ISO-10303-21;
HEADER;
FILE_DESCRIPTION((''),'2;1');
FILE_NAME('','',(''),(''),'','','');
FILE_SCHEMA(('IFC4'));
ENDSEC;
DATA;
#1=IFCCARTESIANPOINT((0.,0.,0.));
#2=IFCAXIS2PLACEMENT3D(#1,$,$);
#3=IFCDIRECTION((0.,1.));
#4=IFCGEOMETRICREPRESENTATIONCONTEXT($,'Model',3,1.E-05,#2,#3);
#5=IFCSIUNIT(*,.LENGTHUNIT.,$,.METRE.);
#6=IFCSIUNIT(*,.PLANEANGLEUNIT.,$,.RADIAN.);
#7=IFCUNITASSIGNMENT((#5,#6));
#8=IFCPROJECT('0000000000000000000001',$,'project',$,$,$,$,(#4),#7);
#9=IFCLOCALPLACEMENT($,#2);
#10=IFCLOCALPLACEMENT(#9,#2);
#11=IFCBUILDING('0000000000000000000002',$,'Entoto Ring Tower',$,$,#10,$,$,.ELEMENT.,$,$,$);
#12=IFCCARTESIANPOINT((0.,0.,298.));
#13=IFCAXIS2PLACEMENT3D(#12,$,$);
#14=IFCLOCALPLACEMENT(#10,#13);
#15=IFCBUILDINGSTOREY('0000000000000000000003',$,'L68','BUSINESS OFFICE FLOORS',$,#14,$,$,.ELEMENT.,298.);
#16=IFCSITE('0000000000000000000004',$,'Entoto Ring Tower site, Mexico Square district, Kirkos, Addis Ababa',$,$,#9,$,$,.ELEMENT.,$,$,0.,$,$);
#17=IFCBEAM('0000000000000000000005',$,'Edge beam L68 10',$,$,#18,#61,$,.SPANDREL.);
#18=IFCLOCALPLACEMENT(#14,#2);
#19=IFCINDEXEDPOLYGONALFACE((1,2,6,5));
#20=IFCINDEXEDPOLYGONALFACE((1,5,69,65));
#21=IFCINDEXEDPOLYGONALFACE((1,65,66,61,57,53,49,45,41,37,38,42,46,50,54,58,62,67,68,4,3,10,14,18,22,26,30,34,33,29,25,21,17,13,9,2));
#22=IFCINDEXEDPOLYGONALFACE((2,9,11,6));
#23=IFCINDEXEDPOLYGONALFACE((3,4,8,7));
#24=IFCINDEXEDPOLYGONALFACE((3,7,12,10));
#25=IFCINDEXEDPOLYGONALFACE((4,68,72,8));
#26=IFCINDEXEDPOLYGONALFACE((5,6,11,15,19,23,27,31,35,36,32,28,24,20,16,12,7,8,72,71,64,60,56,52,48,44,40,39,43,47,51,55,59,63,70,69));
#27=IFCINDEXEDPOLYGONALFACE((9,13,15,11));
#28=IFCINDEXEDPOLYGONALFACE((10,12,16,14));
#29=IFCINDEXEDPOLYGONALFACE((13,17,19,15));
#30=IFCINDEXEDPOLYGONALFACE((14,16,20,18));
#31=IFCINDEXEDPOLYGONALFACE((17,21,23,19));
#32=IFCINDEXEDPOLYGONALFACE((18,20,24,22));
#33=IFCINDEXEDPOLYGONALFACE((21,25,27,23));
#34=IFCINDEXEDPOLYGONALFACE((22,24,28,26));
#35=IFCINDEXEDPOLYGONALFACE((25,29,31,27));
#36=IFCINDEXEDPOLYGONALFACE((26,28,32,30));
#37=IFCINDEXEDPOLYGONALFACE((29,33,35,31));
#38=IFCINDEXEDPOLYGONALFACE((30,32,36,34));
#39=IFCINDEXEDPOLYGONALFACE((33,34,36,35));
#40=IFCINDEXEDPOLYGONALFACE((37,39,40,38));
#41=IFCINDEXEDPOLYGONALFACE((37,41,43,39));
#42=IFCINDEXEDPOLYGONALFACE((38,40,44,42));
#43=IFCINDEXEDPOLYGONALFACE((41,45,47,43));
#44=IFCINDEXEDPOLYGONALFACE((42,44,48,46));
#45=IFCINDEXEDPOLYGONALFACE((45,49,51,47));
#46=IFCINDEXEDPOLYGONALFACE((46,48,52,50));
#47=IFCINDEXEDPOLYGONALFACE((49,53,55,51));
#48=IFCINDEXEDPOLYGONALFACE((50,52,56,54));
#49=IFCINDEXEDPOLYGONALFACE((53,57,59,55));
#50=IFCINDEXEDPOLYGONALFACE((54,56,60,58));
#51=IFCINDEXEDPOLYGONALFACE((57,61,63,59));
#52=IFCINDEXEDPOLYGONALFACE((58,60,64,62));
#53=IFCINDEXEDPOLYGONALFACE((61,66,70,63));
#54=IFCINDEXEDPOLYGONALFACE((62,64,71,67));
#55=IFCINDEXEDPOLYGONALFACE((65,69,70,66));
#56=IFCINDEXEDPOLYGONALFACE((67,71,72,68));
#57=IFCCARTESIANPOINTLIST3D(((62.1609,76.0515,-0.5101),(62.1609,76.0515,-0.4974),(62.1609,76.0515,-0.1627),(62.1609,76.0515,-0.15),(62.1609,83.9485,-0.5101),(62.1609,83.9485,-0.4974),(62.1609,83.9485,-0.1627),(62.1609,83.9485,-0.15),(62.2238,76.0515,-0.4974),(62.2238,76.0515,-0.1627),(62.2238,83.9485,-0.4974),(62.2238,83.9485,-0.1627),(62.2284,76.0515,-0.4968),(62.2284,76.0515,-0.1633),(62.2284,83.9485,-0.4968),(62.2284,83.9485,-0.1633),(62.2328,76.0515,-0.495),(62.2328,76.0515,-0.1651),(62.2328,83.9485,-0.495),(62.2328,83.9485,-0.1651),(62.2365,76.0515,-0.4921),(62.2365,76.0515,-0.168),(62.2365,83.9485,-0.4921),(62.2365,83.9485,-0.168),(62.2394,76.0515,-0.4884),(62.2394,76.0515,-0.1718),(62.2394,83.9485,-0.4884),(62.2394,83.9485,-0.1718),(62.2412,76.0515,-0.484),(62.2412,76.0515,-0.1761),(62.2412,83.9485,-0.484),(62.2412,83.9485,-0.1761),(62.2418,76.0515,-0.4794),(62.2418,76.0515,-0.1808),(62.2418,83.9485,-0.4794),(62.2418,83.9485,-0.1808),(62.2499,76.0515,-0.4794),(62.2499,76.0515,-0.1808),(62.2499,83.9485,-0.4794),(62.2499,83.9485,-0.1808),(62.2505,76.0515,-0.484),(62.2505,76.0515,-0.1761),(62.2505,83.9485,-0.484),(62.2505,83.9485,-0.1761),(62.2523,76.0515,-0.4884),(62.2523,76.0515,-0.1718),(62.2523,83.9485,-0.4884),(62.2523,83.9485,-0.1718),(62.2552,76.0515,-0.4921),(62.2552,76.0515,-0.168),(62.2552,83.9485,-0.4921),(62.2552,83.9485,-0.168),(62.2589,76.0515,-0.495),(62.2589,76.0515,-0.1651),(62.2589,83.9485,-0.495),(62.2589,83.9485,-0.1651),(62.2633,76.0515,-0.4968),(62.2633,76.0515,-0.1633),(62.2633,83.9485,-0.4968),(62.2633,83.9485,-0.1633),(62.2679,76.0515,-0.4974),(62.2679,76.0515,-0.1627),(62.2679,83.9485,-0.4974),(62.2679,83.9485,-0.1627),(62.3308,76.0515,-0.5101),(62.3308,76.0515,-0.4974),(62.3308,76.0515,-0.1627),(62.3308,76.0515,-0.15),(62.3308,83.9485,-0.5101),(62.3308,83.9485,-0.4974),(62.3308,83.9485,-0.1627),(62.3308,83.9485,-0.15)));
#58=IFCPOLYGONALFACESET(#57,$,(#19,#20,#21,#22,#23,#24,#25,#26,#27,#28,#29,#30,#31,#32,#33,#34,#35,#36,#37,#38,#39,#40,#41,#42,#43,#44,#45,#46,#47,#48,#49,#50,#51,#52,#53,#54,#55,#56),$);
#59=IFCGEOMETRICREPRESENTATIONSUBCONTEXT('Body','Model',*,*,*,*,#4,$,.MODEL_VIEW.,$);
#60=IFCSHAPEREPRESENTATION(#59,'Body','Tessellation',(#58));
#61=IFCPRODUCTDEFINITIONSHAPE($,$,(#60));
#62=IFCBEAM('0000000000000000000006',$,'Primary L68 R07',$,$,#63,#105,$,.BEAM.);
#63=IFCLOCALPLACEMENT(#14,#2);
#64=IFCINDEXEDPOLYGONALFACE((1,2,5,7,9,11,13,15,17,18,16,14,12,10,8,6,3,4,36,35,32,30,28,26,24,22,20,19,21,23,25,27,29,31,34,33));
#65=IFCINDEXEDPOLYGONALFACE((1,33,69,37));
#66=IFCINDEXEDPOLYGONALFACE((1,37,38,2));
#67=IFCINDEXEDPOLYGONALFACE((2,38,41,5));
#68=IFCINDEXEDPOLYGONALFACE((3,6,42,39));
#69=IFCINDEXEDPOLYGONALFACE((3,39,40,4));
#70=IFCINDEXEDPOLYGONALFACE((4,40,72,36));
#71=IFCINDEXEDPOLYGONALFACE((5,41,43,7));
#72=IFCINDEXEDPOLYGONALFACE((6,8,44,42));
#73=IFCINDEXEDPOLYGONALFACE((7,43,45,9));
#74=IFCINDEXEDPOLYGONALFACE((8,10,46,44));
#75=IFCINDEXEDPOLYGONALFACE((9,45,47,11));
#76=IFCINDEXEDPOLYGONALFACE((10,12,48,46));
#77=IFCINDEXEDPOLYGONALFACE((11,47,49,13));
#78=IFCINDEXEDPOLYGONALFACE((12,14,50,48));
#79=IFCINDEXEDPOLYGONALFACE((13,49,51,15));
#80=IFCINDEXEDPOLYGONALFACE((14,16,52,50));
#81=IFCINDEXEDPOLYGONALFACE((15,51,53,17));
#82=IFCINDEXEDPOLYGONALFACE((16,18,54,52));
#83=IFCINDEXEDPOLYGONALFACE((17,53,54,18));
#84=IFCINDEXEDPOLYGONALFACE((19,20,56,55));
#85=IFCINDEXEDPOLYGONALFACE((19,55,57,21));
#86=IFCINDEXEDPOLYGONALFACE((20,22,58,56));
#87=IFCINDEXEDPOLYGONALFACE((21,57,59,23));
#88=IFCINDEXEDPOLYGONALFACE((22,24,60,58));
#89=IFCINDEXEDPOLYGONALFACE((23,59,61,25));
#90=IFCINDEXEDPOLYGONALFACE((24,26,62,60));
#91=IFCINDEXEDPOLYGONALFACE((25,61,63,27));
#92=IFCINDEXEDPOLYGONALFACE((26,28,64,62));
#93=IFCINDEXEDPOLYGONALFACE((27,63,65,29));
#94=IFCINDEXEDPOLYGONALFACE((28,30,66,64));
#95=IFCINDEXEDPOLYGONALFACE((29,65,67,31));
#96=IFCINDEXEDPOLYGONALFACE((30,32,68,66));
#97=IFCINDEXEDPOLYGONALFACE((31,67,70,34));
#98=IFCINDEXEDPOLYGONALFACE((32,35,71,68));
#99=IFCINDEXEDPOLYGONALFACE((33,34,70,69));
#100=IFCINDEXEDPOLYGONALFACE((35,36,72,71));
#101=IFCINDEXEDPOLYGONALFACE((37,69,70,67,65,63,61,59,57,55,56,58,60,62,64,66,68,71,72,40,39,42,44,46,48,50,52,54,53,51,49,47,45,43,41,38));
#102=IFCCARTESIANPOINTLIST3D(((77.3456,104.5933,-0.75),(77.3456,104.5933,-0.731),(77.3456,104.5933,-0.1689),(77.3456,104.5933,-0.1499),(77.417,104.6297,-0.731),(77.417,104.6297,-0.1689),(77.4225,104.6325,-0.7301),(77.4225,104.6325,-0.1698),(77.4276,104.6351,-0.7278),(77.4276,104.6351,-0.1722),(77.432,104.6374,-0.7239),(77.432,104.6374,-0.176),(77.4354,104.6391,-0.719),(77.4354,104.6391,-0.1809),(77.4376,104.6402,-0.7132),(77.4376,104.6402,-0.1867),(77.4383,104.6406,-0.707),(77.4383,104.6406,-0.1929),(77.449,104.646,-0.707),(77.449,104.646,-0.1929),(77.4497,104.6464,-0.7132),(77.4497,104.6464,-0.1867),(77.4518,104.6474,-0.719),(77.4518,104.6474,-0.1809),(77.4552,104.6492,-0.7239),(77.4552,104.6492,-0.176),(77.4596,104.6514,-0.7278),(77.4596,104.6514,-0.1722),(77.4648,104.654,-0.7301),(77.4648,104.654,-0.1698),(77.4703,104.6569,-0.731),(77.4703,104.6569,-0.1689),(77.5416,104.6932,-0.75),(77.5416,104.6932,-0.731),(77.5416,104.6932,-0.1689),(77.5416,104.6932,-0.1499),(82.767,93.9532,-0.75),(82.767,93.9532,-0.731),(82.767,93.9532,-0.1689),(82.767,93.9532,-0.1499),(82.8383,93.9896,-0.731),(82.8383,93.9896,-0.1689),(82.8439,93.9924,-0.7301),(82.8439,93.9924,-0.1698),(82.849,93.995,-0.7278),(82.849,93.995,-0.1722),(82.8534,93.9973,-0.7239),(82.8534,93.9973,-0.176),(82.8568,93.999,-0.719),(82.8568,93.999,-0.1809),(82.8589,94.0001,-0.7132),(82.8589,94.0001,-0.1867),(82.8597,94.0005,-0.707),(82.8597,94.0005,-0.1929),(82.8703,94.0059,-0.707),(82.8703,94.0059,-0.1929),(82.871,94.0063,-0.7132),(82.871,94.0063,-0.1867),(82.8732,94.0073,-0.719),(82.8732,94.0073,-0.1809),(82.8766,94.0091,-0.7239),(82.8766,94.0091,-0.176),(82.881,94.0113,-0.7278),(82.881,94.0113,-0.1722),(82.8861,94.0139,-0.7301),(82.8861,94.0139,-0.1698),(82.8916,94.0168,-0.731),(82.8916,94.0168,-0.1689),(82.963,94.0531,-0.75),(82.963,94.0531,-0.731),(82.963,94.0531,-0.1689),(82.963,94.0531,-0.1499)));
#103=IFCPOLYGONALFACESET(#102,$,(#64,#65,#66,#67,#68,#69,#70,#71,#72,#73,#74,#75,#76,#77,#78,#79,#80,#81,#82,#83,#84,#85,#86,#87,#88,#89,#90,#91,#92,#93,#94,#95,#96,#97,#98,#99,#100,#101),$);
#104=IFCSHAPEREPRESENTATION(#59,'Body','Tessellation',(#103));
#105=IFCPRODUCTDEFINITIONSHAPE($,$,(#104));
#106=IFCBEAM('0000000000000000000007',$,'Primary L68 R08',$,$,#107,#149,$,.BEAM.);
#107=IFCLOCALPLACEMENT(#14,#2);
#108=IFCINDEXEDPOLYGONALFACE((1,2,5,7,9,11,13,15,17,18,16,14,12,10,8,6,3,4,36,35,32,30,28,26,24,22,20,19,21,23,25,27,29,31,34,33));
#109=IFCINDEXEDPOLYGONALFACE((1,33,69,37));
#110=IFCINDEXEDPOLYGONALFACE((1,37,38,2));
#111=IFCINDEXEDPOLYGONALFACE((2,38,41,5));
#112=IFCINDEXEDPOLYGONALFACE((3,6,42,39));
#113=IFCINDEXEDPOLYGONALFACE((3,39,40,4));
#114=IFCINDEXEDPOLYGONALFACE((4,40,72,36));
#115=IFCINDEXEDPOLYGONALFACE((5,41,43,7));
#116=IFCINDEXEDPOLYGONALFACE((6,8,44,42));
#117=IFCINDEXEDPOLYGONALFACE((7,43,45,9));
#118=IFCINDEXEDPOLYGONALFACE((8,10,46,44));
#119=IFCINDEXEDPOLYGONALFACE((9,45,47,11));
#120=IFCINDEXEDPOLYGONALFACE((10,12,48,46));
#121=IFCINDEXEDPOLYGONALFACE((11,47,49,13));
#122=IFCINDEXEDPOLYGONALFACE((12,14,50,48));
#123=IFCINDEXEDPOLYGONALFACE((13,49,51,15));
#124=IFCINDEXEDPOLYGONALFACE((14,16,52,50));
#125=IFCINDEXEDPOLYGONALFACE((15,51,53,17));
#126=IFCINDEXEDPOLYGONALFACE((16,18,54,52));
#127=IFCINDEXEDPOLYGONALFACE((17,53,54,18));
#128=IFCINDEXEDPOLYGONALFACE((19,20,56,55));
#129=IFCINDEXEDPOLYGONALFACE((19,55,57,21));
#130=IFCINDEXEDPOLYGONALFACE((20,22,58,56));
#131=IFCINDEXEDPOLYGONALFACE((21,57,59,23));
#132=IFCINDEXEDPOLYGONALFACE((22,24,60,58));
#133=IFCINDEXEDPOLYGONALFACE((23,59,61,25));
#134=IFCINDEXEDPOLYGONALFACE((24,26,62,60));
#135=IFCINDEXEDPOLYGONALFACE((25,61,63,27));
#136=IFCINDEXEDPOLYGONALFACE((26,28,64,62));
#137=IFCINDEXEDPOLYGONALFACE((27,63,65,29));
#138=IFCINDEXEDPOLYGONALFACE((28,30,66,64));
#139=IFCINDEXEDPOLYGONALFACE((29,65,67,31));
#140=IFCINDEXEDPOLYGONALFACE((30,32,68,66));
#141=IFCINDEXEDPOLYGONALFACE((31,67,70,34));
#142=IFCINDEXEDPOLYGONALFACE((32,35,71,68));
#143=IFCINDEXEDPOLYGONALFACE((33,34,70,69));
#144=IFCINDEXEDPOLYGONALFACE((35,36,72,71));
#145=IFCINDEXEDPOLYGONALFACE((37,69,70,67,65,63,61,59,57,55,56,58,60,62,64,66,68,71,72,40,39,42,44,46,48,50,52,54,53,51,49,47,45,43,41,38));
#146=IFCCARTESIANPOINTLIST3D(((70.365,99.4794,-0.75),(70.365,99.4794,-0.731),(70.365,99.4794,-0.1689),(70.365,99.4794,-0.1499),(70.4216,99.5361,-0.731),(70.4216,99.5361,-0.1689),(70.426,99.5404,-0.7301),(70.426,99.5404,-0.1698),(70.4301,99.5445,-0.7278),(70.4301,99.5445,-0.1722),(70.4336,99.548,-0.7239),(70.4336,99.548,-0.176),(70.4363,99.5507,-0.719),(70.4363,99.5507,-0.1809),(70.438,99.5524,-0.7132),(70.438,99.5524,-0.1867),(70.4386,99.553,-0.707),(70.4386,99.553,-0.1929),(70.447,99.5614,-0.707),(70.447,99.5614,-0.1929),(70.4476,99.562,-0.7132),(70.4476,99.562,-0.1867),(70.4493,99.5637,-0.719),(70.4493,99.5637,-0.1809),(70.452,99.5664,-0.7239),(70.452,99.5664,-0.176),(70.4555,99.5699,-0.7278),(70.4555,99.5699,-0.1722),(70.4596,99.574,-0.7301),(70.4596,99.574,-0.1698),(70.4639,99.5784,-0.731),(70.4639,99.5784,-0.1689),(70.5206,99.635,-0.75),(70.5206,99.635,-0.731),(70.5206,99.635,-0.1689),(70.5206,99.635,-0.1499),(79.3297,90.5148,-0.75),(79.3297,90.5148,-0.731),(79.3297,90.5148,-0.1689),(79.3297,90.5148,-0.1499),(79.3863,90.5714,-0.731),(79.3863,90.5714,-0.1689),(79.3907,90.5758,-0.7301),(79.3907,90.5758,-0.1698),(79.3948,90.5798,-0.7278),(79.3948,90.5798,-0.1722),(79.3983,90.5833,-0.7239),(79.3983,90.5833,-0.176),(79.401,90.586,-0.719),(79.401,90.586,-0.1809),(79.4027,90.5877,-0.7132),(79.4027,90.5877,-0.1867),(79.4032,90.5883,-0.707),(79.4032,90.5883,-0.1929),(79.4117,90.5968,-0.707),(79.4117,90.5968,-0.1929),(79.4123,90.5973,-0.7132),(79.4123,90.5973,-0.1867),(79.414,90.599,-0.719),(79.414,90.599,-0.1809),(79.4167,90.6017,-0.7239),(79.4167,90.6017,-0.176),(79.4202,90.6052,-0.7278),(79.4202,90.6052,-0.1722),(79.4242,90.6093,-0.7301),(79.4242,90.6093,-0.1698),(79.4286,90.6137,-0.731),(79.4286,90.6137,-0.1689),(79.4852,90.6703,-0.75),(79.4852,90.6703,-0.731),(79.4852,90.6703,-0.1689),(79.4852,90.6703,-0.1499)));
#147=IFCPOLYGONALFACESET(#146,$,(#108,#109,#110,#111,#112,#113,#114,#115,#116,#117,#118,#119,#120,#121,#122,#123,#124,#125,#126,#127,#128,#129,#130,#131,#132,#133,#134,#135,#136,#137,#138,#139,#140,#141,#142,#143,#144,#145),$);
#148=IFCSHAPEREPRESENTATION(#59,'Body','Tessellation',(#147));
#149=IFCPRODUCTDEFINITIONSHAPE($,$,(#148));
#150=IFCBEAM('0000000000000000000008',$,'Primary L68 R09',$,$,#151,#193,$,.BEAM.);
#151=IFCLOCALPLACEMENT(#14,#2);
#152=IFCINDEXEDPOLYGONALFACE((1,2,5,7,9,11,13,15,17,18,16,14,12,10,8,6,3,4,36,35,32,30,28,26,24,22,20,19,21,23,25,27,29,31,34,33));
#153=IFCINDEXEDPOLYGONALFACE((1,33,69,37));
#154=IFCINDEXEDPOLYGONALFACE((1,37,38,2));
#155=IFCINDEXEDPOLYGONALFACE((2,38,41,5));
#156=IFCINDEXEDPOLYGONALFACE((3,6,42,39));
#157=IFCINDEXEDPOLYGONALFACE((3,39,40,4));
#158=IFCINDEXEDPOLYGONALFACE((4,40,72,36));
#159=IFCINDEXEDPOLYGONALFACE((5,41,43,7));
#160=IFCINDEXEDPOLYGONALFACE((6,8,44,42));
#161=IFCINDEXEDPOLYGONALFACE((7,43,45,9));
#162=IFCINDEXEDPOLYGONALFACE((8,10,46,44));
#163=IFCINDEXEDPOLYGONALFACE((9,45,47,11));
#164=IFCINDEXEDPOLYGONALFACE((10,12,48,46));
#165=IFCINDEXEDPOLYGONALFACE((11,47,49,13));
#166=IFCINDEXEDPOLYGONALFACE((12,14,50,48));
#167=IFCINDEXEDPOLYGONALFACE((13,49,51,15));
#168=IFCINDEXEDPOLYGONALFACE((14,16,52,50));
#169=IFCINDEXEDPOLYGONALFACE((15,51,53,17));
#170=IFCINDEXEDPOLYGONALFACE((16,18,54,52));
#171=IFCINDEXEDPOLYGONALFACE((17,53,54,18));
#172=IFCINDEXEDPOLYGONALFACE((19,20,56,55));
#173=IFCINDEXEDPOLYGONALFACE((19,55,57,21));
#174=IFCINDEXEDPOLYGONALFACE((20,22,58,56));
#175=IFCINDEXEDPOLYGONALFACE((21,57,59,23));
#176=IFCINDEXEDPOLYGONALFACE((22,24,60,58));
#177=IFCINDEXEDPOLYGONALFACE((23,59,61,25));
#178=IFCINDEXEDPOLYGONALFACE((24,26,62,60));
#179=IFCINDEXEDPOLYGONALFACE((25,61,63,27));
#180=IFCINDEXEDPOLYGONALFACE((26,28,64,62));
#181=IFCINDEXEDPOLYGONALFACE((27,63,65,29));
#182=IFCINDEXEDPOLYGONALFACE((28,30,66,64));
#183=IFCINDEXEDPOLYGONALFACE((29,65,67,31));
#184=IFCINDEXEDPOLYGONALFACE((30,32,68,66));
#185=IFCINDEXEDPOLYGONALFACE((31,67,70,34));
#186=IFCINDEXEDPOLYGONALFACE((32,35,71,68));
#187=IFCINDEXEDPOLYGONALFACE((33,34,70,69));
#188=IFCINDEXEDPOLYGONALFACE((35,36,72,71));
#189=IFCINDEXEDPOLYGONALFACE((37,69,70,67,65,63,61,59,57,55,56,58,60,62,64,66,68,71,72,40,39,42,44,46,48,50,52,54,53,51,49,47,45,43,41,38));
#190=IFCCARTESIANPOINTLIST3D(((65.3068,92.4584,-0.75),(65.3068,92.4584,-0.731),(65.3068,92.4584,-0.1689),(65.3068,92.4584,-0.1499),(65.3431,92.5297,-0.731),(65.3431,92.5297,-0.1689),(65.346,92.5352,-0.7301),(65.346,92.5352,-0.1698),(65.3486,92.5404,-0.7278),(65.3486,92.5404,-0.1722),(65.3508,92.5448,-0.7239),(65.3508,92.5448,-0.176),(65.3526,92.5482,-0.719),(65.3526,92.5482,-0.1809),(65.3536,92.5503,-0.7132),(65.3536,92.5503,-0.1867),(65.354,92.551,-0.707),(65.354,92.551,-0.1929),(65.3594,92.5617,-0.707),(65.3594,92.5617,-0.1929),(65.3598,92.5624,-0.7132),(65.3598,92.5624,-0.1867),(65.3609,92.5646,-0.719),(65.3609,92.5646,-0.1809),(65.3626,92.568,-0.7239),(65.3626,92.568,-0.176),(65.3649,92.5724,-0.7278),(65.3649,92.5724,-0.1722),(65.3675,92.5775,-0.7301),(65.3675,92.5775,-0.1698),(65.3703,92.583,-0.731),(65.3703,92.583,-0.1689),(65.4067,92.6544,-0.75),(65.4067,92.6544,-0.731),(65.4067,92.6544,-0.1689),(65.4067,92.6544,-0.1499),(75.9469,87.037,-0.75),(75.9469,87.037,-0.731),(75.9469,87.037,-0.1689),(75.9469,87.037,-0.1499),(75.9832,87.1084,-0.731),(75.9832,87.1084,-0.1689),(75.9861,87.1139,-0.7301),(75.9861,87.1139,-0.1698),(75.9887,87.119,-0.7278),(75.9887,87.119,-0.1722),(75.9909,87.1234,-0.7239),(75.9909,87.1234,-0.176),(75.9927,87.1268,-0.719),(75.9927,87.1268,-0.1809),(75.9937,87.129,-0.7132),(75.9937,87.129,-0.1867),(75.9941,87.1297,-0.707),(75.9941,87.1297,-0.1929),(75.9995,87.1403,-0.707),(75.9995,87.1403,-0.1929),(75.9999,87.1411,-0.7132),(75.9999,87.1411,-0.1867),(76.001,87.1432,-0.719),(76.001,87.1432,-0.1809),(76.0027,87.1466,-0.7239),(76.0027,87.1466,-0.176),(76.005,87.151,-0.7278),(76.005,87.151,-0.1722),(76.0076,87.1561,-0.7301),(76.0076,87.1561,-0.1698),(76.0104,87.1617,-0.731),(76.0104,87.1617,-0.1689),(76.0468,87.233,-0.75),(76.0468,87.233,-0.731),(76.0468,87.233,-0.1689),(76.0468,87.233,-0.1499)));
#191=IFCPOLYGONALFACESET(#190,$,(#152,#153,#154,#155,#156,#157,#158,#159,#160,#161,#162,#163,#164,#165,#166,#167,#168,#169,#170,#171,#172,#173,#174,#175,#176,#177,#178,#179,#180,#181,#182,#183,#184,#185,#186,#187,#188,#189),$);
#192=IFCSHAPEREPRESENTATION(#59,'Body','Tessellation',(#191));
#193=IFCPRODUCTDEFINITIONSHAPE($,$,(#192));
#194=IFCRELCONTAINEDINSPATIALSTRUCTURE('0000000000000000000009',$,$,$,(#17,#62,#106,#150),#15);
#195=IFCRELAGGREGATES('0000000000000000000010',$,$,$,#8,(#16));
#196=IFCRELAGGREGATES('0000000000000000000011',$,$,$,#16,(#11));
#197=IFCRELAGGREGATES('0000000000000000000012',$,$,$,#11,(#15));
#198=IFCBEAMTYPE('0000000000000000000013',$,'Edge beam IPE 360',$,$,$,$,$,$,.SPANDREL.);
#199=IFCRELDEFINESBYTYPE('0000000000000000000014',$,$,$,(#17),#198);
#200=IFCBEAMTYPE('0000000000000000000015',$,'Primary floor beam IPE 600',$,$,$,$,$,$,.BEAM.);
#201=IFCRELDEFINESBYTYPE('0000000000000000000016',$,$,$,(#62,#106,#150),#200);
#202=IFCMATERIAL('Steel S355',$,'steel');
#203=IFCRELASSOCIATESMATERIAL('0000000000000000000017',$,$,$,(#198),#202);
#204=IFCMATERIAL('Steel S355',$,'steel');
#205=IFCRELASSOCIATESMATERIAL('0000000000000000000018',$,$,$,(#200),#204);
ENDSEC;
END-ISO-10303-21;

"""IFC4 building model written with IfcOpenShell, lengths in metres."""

from ifc_helpers import new_model, si_unit, direction, frame, origin, origin_2d, place, context, subcontext, project, spatial, i_section, extrude, material, material_profile, profile_set, type_object, element, save


model = new_model("IFC4")

# Units and contexts
model_context = context("Model", 3, precision=1e-05, world=origin(), true_north=direction((0.0, 1.0)))
body_context = subcontext(model_context, "Body", "Model", "MODEL_VIEW")
ifc_project = project(units=[si_unit("LENGTHUNIT", "METRE"), si_unit("PLANEANGLEUNIT", "RADIAN")], contexts=[model_context])

# Site, building, storey
site_placement = place(None, origin())
site = spatial("IfcSite", under=ifc_project, at=site_placement, Name="Entoto Ring Tower site, Mexico Square district, Kirkos, Addis Ababa", CompositionType="ELEMENT", RefElevation=0.0)
building_placement = place(site_placement, origin())
building = spatial("IfcBuilding", under=site, at=building_placement, Name="Entoto Ring Tower", CompositionType="ELEMENT")
storey_placement = place(building_placement, frame((0.0, 0.0, 298.0)))
storey = spatial("IfcBuildingStorey", under=building, at=storey_placement, Name="L68", Description="BUSINESS OFFICE FLOORS", CompositionType="ELEMENT", Elevation=298.0)

# Beams
ifc_material_1 = material(Name="Steel S355", Category="steel")
ifc_material_profile_1 = material_profile(ifc_material_1, i_section(OverallWidth=0.1699, OverallDepth=0.3601, WebThickness=0.0081, FlangeThickness=0.0127, FilletRadius=0.0181, at=origin_2d()), Name="IPE 360")
ifc_profile_set_1 = profile_set([ifc_material_profile_1], Name="Steel S355")
beam_type_1 = type_object("IfcBeamType", Name="Edge beam IPE 360", PredefinedType="SPANDREL", material=ifc_profile_set_1)
for number, where, z_axis, x_axis, name in (
    (1, (62.2458, 83.9485, -0.3301), (0.0, -1.0, 0.0), (1.0, 0.0, 0.0), "Edge beam L68 10"),
):
    element("IfcBeam", number, at=place(storey_placement, frame(where, z_axis=z_axis, x_axis=x_axis)), inside=storey, type_object=beam_type_1, Name=name, PredefinedType="SPANDREL", context=body_context, shape_type="SweptSolid", body=[
        extrude(i_section(OverallWidth=0.1699, OverallDepth=0.3601, WebThickness=0.0081, FlangeThickness=0.0127, FilletRadius=0.0181, at=origin_2d()), origin(), (0.0, 0.0, 1.0), 7.897),
    ])
ifc_material_2 = material(Name="Steel S355", Category="steel")
ifc_material_profile_2 = material_profile(ifc_material_2, i_section(OverallWidth=0.22, OverallDepth=0.6001, WebThickness=0.012, FlangeThickness=0.019, FilletRadius=0.0239, at=origin_2d()), Name="IPE 600")
ifc_profile_set_2 = profile_set([ifc_material_profile_2], Name="Steel S355")
beam_type_2 = type_object("IfcBeamType", Name="Primary floor beam IPE 600", PredefinedType="BEAM", material=ifc_profile_set_2)
beam_1_placement = place(storey_placement, frame((82.865, 94.0032, -0.45), z_axis=(-0.453988, 0.891008, 0.0), x_axis=(-0.891008, -0.453988, 0.0)))
element("IfcBeam", 2, at=beam_1_placement, inside=storey, type_object=beam_type_2, Name="Primary L68 R07", PredefinedType="BEAM", context=body_context, shape_type="SweptSolid", body=[
    extrude(i_section(OverallWidth=0.22, OverallDepth=0.6001, WebThickness=0.012, FlangeThickness=0.019, FilletRadius=0.0239, at=origin_2d()), origin(), (0.0, 0.0, 1.0), 11.9417),
])
beam_2_placement = place(storey_placement, frame((79.4075, 90.5925, -0.45), z_axis=(-0.707107, 0.707107, 0.0), x_axis=(-0.707107, -0.707107, 0.0)))
element("IfcBeam", 3, at=beam_2_placement, inside=storey, type_object=beam_type_2, Name="Primary L68 R08", PredefinedType="BEAM", context=body_context, shape_type="SweptSolid", body=[
    extrude(i_section(OverallWidth=0.22, OverallDepth=0.6001, WebThickness=0.012, FlangeThickness=0.019, FilletRadius=0.0239, at=origin_2d()), origin(), (0.0, 0.0, 1.0), 12.678),
])
beam_3_placement = place(storey_placement, frame((75.9968, 87.135, -0.45), z_axis=(-0.891008, 0.453988, 0.0), x_axis=(-0.453988, -0.891008, 0.0)))
element("IfcBeam", 4, at=beam_3_placement, inside=storey, type_object=beam_type_2, Name="Primary L68 R09", PredefinedType="BEAM", context=body_context, shape_type="SweptSolid", body=[
    extrude(i_section(OverallWidth=0.22, OverallDepth=0.6001, WebThickness=0.012, FlangeThickness=0.019, FilletRadius=0.0239, at=origin_2d()), origin(), (0.0, 0.0, 1.0), 11.9417),
])

save(model, "model.ifc")
